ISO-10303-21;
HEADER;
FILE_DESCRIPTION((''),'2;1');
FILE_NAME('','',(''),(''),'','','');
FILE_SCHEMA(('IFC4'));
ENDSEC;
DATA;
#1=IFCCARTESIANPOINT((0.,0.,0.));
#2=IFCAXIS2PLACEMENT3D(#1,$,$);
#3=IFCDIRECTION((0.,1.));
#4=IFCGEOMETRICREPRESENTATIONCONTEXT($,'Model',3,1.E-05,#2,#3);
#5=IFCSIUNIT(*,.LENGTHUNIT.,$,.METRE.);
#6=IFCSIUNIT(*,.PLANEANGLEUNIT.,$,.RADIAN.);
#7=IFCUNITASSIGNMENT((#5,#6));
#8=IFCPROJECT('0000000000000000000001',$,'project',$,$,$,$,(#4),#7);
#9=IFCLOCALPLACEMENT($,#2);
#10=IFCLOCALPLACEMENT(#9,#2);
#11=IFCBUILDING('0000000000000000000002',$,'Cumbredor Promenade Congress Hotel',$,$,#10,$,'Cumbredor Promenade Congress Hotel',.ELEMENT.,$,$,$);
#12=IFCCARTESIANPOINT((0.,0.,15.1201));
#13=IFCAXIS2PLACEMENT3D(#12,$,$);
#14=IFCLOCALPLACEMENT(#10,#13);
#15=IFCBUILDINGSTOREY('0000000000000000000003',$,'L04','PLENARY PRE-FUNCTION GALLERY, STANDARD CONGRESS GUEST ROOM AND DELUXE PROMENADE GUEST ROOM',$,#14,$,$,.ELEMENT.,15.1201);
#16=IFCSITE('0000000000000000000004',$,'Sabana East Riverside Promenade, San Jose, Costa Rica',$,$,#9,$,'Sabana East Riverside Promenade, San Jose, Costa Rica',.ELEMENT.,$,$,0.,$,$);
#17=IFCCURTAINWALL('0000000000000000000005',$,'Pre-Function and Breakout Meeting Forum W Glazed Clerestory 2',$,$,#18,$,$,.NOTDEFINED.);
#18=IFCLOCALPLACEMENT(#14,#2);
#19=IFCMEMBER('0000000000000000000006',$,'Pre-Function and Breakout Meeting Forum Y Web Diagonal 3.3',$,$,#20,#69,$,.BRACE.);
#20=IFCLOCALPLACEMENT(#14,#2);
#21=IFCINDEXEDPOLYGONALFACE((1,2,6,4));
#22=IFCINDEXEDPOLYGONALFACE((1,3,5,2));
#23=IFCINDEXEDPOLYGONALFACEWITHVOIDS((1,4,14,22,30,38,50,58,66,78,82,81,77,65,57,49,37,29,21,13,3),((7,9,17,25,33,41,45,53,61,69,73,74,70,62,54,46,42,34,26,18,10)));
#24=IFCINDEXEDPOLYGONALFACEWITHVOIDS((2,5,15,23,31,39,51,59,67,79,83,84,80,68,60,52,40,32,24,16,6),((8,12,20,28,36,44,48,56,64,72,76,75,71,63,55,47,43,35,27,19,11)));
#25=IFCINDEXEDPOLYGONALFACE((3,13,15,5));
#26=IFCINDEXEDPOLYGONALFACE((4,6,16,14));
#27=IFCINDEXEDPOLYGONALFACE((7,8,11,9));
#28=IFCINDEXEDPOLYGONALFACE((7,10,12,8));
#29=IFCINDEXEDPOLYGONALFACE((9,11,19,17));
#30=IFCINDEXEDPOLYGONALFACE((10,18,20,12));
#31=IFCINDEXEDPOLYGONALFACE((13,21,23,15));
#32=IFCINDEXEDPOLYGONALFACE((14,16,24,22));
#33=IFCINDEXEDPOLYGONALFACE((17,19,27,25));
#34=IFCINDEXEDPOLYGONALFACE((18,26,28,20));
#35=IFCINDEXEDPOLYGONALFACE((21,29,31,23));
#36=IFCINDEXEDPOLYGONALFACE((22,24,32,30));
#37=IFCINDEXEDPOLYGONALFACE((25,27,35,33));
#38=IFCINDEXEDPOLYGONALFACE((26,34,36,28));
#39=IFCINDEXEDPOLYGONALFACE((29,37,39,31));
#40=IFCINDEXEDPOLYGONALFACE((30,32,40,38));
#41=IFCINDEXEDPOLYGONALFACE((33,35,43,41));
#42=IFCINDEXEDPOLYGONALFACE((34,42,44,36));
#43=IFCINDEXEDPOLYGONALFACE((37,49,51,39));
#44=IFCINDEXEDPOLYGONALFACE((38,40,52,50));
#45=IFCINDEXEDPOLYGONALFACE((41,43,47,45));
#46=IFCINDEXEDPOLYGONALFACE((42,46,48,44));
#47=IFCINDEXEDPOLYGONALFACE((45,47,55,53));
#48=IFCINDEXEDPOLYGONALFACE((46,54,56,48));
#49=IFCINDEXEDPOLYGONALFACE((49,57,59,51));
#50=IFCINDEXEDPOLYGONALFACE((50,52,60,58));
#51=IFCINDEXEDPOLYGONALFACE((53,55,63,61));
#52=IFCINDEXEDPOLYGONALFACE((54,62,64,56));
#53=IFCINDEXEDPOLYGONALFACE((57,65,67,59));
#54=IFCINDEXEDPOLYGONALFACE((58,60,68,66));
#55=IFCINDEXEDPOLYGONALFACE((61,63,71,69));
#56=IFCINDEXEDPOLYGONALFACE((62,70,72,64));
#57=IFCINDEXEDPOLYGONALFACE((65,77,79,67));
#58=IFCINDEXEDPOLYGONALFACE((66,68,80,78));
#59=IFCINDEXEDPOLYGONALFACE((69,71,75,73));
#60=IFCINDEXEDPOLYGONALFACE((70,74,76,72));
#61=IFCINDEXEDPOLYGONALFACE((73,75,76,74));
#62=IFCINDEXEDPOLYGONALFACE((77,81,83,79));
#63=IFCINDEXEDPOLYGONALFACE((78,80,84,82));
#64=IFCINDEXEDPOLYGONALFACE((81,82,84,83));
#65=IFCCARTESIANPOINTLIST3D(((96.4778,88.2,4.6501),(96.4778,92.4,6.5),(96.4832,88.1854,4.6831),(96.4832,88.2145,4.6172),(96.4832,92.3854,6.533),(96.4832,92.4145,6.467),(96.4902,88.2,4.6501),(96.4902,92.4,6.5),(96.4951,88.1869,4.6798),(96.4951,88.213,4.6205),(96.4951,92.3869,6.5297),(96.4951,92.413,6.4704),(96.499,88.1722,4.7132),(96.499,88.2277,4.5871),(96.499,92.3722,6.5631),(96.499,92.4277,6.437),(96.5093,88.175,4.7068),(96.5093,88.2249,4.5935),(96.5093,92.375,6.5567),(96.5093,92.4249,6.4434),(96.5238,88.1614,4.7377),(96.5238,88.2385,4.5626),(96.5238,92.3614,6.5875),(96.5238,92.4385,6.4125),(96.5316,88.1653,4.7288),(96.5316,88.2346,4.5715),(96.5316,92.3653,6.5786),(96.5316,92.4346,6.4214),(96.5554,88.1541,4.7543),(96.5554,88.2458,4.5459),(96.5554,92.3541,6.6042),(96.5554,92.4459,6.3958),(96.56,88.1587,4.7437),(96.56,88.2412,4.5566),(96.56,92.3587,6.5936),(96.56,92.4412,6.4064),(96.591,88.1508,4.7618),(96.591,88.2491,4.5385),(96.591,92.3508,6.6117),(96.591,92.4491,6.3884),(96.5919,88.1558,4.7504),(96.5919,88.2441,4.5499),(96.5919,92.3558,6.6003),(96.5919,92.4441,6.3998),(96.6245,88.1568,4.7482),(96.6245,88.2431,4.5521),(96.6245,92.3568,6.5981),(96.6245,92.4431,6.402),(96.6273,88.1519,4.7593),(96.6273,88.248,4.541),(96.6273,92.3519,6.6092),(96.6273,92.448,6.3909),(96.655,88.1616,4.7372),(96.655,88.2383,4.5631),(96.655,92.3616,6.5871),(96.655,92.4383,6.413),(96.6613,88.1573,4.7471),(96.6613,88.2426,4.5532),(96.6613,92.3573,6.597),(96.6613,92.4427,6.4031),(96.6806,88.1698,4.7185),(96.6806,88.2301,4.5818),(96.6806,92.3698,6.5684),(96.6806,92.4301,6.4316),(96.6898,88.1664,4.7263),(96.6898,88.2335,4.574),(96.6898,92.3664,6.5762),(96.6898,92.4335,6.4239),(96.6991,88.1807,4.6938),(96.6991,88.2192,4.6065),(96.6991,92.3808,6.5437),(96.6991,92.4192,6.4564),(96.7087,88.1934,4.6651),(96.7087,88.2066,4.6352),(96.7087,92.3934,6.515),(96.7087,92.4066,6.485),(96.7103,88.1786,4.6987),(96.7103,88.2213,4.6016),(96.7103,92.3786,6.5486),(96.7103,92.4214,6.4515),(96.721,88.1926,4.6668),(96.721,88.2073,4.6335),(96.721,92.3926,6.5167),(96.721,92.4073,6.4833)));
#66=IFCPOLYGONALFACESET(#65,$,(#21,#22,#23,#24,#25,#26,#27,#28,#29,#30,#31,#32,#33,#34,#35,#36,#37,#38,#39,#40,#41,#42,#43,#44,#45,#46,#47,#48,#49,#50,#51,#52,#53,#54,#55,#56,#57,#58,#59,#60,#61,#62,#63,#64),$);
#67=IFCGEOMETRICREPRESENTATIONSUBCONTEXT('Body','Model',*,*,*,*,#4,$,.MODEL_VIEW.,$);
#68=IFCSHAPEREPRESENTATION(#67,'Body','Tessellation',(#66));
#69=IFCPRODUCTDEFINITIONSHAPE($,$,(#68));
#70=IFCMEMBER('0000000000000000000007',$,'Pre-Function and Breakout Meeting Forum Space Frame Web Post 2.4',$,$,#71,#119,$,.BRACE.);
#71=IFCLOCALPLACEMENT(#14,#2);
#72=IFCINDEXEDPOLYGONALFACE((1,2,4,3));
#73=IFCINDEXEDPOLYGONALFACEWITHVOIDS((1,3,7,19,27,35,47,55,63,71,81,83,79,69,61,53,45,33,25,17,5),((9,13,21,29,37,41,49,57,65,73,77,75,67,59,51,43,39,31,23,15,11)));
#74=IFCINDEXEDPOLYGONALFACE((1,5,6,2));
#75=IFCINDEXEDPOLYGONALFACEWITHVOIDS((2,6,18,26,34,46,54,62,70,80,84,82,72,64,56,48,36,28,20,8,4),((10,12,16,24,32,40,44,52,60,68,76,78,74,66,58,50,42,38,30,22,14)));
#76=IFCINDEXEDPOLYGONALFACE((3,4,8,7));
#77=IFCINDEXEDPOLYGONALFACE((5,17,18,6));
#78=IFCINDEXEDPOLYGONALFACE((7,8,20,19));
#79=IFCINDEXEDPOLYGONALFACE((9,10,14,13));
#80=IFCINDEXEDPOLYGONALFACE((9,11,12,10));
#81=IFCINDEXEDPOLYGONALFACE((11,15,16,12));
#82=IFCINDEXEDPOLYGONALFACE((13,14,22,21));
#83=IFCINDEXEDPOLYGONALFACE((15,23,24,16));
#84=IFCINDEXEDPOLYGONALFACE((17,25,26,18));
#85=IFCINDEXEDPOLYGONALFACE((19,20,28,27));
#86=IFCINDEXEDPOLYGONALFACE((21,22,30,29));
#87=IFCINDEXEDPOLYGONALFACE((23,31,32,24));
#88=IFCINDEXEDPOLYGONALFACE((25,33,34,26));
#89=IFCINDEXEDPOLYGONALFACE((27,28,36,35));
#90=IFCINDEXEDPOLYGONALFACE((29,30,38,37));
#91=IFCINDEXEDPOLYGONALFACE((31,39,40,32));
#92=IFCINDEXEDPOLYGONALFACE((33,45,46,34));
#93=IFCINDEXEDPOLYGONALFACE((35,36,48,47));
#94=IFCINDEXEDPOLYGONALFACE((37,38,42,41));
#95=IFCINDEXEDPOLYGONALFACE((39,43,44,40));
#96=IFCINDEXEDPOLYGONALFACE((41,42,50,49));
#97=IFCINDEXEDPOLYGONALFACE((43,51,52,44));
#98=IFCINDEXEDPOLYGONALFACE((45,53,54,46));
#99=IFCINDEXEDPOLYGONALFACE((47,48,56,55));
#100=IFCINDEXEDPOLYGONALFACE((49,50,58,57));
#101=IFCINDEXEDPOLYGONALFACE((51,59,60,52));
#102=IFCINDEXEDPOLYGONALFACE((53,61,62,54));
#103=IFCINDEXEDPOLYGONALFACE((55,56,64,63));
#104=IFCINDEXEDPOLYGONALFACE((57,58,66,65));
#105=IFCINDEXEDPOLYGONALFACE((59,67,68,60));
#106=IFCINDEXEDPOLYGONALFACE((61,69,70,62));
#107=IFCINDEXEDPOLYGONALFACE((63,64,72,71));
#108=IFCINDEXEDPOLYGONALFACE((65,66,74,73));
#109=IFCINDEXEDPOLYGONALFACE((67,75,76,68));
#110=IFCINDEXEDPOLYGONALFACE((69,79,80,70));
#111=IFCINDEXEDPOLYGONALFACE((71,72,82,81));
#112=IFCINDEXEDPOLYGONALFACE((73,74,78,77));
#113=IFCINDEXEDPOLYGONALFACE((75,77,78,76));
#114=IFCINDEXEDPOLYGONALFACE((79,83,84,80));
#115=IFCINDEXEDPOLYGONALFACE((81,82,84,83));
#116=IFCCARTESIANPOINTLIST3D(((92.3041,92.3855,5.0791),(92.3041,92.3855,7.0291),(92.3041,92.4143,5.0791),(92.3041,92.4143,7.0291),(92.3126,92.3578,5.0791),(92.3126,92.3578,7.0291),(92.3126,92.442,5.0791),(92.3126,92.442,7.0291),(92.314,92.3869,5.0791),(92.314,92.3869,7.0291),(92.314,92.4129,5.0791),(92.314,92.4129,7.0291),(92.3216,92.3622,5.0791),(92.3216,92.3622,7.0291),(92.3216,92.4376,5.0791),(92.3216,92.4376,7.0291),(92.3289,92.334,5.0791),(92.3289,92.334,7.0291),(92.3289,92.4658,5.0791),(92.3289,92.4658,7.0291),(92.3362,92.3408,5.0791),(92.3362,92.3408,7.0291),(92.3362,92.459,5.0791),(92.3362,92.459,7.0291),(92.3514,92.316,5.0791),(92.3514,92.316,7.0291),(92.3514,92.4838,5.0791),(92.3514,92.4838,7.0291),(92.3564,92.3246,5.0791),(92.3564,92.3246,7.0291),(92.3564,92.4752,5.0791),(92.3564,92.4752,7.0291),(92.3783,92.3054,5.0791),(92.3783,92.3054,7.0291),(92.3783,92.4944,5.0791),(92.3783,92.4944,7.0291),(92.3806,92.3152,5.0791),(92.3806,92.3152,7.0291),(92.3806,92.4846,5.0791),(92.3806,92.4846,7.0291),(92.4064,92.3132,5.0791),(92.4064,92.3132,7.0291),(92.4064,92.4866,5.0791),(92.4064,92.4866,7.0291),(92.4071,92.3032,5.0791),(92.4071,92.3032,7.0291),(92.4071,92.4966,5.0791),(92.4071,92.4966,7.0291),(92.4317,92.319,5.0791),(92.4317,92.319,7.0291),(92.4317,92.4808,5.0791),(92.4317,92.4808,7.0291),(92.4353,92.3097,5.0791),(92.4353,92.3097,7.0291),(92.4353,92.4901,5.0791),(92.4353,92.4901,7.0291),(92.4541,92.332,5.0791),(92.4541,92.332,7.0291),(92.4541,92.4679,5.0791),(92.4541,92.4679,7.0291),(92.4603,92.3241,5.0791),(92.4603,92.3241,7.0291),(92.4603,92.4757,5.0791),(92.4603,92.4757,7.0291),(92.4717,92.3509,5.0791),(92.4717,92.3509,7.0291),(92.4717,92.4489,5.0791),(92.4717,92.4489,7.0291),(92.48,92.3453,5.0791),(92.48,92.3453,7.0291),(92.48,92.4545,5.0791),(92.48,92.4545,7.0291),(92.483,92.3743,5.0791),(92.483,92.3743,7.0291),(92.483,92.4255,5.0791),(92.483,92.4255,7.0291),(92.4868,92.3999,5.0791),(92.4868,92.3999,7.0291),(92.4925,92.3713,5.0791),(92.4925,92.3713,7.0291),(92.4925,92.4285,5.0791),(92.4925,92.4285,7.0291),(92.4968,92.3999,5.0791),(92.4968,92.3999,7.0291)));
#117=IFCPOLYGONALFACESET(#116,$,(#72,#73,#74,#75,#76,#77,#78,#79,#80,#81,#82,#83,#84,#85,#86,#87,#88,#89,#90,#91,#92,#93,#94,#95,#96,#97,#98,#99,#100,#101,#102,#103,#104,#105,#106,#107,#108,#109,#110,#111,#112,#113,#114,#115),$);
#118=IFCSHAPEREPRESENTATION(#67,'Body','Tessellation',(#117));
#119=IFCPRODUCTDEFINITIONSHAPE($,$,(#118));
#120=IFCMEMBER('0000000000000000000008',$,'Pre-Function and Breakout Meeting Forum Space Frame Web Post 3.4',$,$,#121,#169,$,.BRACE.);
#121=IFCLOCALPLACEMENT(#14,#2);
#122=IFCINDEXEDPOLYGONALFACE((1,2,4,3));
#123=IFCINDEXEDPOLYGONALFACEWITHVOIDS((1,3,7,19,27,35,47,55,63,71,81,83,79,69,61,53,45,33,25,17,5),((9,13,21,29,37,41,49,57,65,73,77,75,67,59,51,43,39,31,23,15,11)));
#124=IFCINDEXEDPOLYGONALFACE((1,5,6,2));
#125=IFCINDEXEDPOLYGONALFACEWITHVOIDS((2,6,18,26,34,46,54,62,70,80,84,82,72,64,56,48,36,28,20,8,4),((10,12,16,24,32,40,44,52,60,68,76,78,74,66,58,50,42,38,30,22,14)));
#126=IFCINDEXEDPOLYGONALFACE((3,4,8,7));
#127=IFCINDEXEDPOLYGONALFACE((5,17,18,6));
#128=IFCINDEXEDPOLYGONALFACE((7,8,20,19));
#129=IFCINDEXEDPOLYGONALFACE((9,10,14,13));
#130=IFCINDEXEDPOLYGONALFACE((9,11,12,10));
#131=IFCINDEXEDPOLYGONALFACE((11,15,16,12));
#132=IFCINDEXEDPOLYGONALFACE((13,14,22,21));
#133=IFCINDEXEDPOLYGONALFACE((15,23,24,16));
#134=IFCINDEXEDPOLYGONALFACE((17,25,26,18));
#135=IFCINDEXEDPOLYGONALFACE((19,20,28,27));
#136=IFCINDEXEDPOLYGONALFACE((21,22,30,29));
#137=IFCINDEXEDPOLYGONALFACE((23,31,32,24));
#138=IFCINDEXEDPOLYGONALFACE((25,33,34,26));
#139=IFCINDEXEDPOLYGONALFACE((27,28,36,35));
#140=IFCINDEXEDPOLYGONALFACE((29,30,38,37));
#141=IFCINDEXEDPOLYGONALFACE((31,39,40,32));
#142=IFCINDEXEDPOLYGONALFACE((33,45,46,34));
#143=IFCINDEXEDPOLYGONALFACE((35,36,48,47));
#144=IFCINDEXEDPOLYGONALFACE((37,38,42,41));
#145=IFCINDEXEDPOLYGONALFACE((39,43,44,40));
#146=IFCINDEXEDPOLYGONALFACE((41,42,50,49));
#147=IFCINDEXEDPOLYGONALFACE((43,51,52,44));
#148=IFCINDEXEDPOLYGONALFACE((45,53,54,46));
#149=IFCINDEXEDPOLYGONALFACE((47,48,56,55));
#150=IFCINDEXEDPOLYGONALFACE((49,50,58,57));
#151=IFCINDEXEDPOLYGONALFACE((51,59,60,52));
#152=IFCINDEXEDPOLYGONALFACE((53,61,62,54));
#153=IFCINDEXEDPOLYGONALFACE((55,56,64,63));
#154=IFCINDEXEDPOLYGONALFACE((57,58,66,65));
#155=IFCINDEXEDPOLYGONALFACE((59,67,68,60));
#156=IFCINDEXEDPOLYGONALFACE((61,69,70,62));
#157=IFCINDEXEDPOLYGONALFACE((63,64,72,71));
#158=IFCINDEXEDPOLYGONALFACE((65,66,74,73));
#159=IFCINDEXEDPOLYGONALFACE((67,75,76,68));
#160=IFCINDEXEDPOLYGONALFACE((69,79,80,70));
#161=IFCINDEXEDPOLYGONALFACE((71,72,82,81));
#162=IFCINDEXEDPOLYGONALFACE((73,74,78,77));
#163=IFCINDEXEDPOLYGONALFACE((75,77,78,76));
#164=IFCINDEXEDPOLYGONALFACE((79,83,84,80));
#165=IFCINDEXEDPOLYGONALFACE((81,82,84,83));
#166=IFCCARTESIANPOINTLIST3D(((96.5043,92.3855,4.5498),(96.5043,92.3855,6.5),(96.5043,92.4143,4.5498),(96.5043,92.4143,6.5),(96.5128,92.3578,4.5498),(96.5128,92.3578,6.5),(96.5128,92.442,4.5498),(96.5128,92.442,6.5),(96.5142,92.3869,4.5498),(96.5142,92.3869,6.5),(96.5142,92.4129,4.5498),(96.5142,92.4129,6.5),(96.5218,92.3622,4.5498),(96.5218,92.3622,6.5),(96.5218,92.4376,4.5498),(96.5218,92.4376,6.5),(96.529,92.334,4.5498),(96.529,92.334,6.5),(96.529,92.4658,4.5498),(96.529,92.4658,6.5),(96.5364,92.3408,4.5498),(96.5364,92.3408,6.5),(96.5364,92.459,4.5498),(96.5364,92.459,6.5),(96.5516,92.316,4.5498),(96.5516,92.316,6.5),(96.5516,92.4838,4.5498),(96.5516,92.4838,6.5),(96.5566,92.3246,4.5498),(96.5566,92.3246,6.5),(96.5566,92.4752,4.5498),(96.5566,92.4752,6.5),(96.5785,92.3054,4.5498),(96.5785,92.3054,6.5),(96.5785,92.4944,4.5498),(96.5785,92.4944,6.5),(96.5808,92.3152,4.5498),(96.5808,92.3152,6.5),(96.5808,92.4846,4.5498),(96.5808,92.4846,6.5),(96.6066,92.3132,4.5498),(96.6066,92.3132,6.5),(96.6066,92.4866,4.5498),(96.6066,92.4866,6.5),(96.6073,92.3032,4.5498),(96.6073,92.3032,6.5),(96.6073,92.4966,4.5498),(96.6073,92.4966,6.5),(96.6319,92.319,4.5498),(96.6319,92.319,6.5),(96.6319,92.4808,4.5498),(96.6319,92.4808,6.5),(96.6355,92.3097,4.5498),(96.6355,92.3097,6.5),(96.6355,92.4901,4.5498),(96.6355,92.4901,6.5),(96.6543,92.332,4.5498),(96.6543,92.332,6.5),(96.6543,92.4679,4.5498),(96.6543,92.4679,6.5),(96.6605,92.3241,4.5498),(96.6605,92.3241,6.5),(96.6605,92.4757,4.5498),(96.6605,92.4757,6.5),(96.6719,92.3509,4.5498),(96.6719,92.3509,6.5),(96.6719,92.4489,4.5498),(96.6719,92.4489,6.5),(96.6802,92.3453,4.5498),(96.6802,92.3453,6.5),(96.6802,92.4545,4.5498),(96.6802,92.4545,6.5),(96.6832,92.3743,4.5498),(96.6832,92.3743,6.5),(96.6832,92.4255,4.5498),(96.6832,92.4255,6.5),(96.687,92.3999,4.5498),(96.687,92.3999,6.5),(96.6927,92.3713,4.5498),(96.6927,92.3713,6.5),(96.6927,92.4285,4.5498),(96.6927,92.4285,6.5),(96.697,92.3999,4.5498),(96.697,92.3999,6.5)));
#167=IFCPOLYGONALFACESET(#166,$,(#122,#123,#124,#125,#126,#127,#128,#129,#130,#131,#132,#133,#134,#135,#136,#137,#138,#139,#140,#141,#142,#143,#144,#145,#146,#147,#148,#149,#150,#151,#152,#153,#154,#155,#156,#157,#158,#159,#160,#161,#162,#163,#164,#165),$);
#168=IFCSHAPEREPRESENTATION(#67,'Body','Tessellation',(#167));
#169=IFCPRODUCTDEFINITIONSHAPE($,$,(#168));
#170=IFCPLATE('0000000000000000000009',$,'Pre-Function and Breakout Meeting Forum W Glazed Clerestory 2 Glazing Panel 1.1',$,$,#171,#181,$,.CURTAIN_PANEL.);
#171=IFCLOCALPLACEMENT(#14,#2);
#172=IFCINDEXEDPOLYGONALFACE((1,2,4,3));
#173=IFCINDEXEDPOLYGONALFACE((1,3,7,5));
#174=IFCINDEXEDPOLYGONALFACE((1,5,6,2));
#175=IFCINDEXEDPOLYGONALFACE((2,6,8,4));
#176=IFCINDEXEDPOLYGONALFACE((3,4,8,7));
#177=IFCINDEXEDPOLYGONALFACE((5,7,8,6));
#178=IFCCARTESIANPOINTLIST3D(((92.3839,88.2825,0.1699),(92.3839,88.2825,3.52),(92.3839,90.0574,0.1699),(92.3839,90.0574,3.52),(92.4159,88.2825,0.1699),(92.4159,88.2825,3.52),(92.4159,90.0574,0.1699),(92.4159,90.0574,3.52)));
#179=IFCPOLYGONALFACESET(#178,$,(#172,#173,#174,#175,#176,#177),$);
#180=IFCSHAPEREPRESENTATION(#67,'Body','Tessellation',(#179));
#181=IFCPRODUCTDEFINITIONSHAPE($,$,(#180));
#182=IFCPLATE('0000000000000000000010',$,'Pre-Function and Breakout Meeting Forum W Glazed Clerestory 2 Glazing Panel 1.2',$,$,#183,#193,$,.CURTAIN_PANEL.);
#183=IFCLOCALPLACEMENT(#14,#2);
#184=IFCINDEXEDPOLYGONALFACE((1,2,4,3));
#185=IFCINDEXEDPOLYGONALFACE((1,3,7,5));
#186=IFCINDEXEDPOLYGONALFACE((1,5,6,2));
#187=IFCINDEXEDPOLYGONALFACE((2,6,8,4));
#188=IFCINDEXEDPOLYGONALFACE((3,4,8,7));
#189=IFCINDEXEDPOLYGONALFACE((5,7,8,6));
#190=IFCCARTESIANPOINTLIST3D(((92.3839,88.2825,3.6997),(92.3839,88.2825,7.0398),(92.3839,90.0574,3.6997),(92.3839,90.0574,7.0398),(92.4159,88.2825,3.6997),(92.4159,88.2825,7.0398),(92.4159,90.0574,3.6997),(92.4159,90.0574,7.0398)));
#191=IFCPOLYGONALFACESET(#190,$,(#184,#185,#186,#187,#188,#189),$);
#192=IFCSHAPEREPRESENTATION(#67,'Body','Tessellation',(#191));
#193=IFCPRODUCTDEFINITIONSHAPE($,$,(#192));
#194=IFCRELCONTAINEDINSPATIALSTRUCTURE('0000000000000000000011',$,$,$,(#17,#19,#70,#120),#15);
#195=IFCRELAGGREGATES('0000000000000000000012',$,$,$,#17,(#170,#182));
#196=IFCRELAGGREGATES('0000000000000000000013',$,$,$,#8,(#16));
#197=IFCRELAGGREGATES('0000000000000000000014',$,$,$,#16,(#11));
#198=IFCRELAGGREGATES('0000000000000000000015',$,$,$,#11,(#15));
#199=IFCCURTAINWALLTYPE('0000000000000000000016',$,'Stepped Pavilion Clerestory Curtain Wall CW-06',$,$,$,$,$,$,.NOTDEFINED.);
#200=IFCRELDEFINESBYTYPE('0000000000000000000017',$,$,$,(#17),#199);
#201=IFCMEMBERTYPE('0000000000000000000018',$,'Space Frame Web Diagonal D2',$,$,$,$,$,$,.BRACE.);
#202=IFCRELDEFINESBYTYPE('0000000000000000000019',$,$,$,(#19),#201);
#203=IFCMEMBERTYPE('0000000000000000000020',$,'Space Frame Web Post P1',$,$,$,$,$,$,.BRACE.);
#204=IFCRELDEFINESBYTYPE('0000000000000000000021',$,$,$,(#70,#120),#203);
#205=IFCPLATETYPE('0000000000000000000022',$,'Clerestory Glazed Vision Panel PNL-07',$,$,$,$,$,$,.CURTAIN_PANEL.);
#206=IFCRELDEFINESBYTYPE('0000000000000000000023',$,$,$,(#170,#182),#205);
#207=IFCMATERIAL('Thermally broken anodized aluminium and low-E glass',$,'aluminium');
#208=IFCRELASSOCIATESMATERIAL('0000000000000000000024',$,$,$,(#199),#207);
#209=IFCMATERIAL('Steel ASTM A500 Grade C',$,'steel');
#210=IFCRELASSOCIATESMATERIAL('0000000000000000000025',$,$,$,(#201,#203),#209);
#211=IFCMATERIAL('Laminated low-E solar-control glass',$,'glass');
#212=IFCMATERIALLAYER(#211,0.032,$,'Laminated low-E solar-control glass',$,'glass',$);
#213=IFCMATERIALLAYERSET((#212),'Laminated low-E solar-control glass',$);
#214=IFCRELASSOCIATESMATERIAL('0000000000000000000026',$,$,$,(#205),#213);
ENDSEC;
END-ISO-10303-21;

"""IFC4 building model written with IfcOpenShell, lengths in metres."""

from ifc_helpers import new_model, si_unit, direction, frame, origin, origin_2d, place, context, subcontext, project, spatial, rectangle, hollow_circle, extrude, material, layer, layer_set, material_profile, profile_set, type_object, element, aggregate, save


model = new_model("IFC4")

# Units and contexts
model_context = context("Model", 3, precision=1e-05, world=origin(), true_north=direction((0.0, 1.0)))
body_context = subcontext(model_context, "Body", "Model", "MODEL_VIEW")
ifc_project = project(units=[si_unit("LENGTHUNIT", "METRE"), si_unit("PLANEANGLEUNIT", "RADIAN")], contexts=[model_context])

# Site, building, storey
site_placement = place(None, origin())
site = spatial("IfcSite", under=ifc_project, at=site_placement, Name="Sabana East Riverside Promenade, San Jose, Costa Rica", LongName="Sabana East Riverside Promenade, San Jose, Costa Rica", CompositionType="ELEMENT", RefElevation=0.0)
building_placement = place(site_placement, origin())
building = spatial("IfcBuilding", under=site, at=building_placement, Name="Cumbredor Promenade Congress Hotel", LongName="Cumbredor Promenade Congress Hotel", CompositionType="ELEMENT")
storey_placement = place(building_placement, frame((0.0, 0.0, 15.1201)))
storey = spatial("IfcBuildingStorey", under=building, at=storey_placement, Name="L04", Description="PLENARY PRE-FUNCTION GALLERY, STANDARD CONGRESS GUEST ROOM AND DELUXE PROMENADE GUEST ROOM", CompositionType="ELEMENT", Elevation=15.1201)

# Curtain wall
ifc_material_1 = material(Name="Thermally broken anodized aluminium and low-E glass", Category="aluminium")
curtain_wall_type = type_object("IfcCurtainWallType", Name="Stepped Pavilion Clerestory Curtain Wall CW-06", PredefinedType="NOTDEFINED", material=ifc_material_1)
curtain_wall_placement = place(storey_placement, origin())
curtain_wall = element("IfcCurtainWall", 1, at=curtain_wall_placement, inside=storey, type_object=curtain_wall_type, Name="Pre-Function and Breakout Meeting Forum W Glazed Clerestory 2", PredefinedType="NOTDEFINED")

# Members
ifc_material_2 = material(Name="Steel ASTM A500 Grade C", Category="steel")
ifc_material_profile_1 = material_profile(ifc_material_2, hollow_circle(Radius=0.1223, WallThickness=0.0125, at=origin_2d()), Name="CHS 244.5x12.5")
ifc_profile_set_1 = profile_set([ifc_material_profile_1], Name="Steel ASTM A500 Grade C")
member_type_1 = type_object("IfcMemberType", Name="Space Frame Web Diagonal D2", PredefinedType="BRACE", material=ifc_profile_set_1)
member_1_placement = place(storey_placement, frame((96.6001, 88.2, 4.6501), z_axis=(0.0, 0.915164, 0.403081), x_axis=(-1.0, 0.0, 0.0)))
element("IfcMember", 2, at=member_1_placement, inside=storey, type_object=member_type_1, Name="Pre-Function and Breakout Meeting Forum Y Web Diagonal 3.3", PredefinedType="BRACE", context=body_context, shape_type="SweptSolid", body=[
    extrude(hollow_circle(Radius=0.1223, WallThickness=0.0125, at=origin_2d()), origin(), (0.0, 0.0, 1.0), 4.5894),
])
ifc_material_profile_2 = material_profile(ifc_material_2, hollow_circle(Radius=0.0969, WallThickness=0.01, at=origin_2d()), Name="CHS 193.7x10")
ifc_profile_set_2 = profile_set([ifc_material_profile_2], Name="Steel ASTM A500 Grade C")
member_type_2 = type_object("IfcMemberType", Name="Space Frame Web Post P1", PredefinedType="BRACE", material=ifc_profile_set_2)
member_2_placement = place(storey_placement, frame((92.3999, 92.3999, 5.0791), z_axis=(0.0, 0.0, 1.0), x_axis=(1.0, 0.0, 0.0)))
element("IfcMember", 3, at=member_2_placement, inside=storey, type_object=member_type_2, Name="Pre-Function and Breakout Meeting Forum Space Frame Web Post 2.4", PredefinedType="BRACE", context=body_context, shape_type="SweptSolid", body=[
    extrude(hollow_circle(Radius=0.0969, WallThickness=0.01, at=origin_2d()), origin(), (0.0, 0.0, 1.0), 1.95),
])
member_3_placement = place(storey_placement, frame((96.6001, 92.3999, 4.5498), z_axis=(0.0, 0.0, 1.0), x_axis=(1.0, 0.0, 0.0)))
element("IfcMember", 4, at=member_3_placement, inside=storey, type_object=member_type_2, Name="Pre-Function and Breakout Meeting Forum Space Frame Web Post 3.4", PredefinedType="BRACE", context=body_context, shape_type="SweptSolid", body=[
    extrude(hollow_circle(Radius=0.0969, WallThickness=0.01, at=origin_2d()), origin(), (0.0, 0.0, 1.0), 1.9502),
])

# Plates
ifc_material_3 = material(Name="Laminated low-E solar-control glass", Category="glass")
ifc_layer_1 = layer(ifc_material_3, 0.032, Name="Laminated low-E solar-control glass", Category="glass")
ifc_layer_set_1 = layer_set([ifc_layer_1], Name="Laminated low-E solar-control glass")
plate_type_1 = type_object("IfcPlateType", Name="Clerestory Glazed Vision Panel PNL-07", PredefinedType="CURTAIN_PANEL", material=ifc_layer_set_1)
plate_1_placement = place(storey_placement, frame((92.3999, 89.1699, 0.1699), z_axis=(0.0, 0.0, 1.0), x_axis=(0.0, 1.0, 0.0)))
plate_1 = element("IfcPlate", 5, at=plate_1_placement, type_object=plate_type_1, Name="Pre-Function and Breakout Meeting Forum W Glazed Clerestory 2 Glazing Panel 1.1", PredefinedType="CURTAIN_PANEL", context=body_context, shape_type="SweptSolid", body=[
    extrude(rectangle(XDim=1.7749, YDim=0.032, at=origin_2d()), origin(), (0.0, 0.0, 1.0), 3.3501),
])
plate_2_placement = place(storey_placement, frame((92.3999, 89.1699, 3.6997), z_axis=(0.0, 0.0, 1.0), x_axis=(0.0, 1.0, 0.0)))
plate_2 = element("IfcPlate", 6, at=plate_2_placement, type_object=plate_type_1, Name="Pre-Function and Breakout Meeting Forum W Glazed Clerestory 2 Glazing Panel 1.2", PredefinedType="CURTAIN_PANEL", context=body_context, shape_type="SweptSolid", body=[
    extrude(rectangle(XDim=1.7749, YDim=0.032, at=origin_2d()), origin(), (0.0, 0.0, 1.0), 3.3401),
])
aggregate(curtain_wall, [plate_1, plate_2])

save(model, "model.ifc")
